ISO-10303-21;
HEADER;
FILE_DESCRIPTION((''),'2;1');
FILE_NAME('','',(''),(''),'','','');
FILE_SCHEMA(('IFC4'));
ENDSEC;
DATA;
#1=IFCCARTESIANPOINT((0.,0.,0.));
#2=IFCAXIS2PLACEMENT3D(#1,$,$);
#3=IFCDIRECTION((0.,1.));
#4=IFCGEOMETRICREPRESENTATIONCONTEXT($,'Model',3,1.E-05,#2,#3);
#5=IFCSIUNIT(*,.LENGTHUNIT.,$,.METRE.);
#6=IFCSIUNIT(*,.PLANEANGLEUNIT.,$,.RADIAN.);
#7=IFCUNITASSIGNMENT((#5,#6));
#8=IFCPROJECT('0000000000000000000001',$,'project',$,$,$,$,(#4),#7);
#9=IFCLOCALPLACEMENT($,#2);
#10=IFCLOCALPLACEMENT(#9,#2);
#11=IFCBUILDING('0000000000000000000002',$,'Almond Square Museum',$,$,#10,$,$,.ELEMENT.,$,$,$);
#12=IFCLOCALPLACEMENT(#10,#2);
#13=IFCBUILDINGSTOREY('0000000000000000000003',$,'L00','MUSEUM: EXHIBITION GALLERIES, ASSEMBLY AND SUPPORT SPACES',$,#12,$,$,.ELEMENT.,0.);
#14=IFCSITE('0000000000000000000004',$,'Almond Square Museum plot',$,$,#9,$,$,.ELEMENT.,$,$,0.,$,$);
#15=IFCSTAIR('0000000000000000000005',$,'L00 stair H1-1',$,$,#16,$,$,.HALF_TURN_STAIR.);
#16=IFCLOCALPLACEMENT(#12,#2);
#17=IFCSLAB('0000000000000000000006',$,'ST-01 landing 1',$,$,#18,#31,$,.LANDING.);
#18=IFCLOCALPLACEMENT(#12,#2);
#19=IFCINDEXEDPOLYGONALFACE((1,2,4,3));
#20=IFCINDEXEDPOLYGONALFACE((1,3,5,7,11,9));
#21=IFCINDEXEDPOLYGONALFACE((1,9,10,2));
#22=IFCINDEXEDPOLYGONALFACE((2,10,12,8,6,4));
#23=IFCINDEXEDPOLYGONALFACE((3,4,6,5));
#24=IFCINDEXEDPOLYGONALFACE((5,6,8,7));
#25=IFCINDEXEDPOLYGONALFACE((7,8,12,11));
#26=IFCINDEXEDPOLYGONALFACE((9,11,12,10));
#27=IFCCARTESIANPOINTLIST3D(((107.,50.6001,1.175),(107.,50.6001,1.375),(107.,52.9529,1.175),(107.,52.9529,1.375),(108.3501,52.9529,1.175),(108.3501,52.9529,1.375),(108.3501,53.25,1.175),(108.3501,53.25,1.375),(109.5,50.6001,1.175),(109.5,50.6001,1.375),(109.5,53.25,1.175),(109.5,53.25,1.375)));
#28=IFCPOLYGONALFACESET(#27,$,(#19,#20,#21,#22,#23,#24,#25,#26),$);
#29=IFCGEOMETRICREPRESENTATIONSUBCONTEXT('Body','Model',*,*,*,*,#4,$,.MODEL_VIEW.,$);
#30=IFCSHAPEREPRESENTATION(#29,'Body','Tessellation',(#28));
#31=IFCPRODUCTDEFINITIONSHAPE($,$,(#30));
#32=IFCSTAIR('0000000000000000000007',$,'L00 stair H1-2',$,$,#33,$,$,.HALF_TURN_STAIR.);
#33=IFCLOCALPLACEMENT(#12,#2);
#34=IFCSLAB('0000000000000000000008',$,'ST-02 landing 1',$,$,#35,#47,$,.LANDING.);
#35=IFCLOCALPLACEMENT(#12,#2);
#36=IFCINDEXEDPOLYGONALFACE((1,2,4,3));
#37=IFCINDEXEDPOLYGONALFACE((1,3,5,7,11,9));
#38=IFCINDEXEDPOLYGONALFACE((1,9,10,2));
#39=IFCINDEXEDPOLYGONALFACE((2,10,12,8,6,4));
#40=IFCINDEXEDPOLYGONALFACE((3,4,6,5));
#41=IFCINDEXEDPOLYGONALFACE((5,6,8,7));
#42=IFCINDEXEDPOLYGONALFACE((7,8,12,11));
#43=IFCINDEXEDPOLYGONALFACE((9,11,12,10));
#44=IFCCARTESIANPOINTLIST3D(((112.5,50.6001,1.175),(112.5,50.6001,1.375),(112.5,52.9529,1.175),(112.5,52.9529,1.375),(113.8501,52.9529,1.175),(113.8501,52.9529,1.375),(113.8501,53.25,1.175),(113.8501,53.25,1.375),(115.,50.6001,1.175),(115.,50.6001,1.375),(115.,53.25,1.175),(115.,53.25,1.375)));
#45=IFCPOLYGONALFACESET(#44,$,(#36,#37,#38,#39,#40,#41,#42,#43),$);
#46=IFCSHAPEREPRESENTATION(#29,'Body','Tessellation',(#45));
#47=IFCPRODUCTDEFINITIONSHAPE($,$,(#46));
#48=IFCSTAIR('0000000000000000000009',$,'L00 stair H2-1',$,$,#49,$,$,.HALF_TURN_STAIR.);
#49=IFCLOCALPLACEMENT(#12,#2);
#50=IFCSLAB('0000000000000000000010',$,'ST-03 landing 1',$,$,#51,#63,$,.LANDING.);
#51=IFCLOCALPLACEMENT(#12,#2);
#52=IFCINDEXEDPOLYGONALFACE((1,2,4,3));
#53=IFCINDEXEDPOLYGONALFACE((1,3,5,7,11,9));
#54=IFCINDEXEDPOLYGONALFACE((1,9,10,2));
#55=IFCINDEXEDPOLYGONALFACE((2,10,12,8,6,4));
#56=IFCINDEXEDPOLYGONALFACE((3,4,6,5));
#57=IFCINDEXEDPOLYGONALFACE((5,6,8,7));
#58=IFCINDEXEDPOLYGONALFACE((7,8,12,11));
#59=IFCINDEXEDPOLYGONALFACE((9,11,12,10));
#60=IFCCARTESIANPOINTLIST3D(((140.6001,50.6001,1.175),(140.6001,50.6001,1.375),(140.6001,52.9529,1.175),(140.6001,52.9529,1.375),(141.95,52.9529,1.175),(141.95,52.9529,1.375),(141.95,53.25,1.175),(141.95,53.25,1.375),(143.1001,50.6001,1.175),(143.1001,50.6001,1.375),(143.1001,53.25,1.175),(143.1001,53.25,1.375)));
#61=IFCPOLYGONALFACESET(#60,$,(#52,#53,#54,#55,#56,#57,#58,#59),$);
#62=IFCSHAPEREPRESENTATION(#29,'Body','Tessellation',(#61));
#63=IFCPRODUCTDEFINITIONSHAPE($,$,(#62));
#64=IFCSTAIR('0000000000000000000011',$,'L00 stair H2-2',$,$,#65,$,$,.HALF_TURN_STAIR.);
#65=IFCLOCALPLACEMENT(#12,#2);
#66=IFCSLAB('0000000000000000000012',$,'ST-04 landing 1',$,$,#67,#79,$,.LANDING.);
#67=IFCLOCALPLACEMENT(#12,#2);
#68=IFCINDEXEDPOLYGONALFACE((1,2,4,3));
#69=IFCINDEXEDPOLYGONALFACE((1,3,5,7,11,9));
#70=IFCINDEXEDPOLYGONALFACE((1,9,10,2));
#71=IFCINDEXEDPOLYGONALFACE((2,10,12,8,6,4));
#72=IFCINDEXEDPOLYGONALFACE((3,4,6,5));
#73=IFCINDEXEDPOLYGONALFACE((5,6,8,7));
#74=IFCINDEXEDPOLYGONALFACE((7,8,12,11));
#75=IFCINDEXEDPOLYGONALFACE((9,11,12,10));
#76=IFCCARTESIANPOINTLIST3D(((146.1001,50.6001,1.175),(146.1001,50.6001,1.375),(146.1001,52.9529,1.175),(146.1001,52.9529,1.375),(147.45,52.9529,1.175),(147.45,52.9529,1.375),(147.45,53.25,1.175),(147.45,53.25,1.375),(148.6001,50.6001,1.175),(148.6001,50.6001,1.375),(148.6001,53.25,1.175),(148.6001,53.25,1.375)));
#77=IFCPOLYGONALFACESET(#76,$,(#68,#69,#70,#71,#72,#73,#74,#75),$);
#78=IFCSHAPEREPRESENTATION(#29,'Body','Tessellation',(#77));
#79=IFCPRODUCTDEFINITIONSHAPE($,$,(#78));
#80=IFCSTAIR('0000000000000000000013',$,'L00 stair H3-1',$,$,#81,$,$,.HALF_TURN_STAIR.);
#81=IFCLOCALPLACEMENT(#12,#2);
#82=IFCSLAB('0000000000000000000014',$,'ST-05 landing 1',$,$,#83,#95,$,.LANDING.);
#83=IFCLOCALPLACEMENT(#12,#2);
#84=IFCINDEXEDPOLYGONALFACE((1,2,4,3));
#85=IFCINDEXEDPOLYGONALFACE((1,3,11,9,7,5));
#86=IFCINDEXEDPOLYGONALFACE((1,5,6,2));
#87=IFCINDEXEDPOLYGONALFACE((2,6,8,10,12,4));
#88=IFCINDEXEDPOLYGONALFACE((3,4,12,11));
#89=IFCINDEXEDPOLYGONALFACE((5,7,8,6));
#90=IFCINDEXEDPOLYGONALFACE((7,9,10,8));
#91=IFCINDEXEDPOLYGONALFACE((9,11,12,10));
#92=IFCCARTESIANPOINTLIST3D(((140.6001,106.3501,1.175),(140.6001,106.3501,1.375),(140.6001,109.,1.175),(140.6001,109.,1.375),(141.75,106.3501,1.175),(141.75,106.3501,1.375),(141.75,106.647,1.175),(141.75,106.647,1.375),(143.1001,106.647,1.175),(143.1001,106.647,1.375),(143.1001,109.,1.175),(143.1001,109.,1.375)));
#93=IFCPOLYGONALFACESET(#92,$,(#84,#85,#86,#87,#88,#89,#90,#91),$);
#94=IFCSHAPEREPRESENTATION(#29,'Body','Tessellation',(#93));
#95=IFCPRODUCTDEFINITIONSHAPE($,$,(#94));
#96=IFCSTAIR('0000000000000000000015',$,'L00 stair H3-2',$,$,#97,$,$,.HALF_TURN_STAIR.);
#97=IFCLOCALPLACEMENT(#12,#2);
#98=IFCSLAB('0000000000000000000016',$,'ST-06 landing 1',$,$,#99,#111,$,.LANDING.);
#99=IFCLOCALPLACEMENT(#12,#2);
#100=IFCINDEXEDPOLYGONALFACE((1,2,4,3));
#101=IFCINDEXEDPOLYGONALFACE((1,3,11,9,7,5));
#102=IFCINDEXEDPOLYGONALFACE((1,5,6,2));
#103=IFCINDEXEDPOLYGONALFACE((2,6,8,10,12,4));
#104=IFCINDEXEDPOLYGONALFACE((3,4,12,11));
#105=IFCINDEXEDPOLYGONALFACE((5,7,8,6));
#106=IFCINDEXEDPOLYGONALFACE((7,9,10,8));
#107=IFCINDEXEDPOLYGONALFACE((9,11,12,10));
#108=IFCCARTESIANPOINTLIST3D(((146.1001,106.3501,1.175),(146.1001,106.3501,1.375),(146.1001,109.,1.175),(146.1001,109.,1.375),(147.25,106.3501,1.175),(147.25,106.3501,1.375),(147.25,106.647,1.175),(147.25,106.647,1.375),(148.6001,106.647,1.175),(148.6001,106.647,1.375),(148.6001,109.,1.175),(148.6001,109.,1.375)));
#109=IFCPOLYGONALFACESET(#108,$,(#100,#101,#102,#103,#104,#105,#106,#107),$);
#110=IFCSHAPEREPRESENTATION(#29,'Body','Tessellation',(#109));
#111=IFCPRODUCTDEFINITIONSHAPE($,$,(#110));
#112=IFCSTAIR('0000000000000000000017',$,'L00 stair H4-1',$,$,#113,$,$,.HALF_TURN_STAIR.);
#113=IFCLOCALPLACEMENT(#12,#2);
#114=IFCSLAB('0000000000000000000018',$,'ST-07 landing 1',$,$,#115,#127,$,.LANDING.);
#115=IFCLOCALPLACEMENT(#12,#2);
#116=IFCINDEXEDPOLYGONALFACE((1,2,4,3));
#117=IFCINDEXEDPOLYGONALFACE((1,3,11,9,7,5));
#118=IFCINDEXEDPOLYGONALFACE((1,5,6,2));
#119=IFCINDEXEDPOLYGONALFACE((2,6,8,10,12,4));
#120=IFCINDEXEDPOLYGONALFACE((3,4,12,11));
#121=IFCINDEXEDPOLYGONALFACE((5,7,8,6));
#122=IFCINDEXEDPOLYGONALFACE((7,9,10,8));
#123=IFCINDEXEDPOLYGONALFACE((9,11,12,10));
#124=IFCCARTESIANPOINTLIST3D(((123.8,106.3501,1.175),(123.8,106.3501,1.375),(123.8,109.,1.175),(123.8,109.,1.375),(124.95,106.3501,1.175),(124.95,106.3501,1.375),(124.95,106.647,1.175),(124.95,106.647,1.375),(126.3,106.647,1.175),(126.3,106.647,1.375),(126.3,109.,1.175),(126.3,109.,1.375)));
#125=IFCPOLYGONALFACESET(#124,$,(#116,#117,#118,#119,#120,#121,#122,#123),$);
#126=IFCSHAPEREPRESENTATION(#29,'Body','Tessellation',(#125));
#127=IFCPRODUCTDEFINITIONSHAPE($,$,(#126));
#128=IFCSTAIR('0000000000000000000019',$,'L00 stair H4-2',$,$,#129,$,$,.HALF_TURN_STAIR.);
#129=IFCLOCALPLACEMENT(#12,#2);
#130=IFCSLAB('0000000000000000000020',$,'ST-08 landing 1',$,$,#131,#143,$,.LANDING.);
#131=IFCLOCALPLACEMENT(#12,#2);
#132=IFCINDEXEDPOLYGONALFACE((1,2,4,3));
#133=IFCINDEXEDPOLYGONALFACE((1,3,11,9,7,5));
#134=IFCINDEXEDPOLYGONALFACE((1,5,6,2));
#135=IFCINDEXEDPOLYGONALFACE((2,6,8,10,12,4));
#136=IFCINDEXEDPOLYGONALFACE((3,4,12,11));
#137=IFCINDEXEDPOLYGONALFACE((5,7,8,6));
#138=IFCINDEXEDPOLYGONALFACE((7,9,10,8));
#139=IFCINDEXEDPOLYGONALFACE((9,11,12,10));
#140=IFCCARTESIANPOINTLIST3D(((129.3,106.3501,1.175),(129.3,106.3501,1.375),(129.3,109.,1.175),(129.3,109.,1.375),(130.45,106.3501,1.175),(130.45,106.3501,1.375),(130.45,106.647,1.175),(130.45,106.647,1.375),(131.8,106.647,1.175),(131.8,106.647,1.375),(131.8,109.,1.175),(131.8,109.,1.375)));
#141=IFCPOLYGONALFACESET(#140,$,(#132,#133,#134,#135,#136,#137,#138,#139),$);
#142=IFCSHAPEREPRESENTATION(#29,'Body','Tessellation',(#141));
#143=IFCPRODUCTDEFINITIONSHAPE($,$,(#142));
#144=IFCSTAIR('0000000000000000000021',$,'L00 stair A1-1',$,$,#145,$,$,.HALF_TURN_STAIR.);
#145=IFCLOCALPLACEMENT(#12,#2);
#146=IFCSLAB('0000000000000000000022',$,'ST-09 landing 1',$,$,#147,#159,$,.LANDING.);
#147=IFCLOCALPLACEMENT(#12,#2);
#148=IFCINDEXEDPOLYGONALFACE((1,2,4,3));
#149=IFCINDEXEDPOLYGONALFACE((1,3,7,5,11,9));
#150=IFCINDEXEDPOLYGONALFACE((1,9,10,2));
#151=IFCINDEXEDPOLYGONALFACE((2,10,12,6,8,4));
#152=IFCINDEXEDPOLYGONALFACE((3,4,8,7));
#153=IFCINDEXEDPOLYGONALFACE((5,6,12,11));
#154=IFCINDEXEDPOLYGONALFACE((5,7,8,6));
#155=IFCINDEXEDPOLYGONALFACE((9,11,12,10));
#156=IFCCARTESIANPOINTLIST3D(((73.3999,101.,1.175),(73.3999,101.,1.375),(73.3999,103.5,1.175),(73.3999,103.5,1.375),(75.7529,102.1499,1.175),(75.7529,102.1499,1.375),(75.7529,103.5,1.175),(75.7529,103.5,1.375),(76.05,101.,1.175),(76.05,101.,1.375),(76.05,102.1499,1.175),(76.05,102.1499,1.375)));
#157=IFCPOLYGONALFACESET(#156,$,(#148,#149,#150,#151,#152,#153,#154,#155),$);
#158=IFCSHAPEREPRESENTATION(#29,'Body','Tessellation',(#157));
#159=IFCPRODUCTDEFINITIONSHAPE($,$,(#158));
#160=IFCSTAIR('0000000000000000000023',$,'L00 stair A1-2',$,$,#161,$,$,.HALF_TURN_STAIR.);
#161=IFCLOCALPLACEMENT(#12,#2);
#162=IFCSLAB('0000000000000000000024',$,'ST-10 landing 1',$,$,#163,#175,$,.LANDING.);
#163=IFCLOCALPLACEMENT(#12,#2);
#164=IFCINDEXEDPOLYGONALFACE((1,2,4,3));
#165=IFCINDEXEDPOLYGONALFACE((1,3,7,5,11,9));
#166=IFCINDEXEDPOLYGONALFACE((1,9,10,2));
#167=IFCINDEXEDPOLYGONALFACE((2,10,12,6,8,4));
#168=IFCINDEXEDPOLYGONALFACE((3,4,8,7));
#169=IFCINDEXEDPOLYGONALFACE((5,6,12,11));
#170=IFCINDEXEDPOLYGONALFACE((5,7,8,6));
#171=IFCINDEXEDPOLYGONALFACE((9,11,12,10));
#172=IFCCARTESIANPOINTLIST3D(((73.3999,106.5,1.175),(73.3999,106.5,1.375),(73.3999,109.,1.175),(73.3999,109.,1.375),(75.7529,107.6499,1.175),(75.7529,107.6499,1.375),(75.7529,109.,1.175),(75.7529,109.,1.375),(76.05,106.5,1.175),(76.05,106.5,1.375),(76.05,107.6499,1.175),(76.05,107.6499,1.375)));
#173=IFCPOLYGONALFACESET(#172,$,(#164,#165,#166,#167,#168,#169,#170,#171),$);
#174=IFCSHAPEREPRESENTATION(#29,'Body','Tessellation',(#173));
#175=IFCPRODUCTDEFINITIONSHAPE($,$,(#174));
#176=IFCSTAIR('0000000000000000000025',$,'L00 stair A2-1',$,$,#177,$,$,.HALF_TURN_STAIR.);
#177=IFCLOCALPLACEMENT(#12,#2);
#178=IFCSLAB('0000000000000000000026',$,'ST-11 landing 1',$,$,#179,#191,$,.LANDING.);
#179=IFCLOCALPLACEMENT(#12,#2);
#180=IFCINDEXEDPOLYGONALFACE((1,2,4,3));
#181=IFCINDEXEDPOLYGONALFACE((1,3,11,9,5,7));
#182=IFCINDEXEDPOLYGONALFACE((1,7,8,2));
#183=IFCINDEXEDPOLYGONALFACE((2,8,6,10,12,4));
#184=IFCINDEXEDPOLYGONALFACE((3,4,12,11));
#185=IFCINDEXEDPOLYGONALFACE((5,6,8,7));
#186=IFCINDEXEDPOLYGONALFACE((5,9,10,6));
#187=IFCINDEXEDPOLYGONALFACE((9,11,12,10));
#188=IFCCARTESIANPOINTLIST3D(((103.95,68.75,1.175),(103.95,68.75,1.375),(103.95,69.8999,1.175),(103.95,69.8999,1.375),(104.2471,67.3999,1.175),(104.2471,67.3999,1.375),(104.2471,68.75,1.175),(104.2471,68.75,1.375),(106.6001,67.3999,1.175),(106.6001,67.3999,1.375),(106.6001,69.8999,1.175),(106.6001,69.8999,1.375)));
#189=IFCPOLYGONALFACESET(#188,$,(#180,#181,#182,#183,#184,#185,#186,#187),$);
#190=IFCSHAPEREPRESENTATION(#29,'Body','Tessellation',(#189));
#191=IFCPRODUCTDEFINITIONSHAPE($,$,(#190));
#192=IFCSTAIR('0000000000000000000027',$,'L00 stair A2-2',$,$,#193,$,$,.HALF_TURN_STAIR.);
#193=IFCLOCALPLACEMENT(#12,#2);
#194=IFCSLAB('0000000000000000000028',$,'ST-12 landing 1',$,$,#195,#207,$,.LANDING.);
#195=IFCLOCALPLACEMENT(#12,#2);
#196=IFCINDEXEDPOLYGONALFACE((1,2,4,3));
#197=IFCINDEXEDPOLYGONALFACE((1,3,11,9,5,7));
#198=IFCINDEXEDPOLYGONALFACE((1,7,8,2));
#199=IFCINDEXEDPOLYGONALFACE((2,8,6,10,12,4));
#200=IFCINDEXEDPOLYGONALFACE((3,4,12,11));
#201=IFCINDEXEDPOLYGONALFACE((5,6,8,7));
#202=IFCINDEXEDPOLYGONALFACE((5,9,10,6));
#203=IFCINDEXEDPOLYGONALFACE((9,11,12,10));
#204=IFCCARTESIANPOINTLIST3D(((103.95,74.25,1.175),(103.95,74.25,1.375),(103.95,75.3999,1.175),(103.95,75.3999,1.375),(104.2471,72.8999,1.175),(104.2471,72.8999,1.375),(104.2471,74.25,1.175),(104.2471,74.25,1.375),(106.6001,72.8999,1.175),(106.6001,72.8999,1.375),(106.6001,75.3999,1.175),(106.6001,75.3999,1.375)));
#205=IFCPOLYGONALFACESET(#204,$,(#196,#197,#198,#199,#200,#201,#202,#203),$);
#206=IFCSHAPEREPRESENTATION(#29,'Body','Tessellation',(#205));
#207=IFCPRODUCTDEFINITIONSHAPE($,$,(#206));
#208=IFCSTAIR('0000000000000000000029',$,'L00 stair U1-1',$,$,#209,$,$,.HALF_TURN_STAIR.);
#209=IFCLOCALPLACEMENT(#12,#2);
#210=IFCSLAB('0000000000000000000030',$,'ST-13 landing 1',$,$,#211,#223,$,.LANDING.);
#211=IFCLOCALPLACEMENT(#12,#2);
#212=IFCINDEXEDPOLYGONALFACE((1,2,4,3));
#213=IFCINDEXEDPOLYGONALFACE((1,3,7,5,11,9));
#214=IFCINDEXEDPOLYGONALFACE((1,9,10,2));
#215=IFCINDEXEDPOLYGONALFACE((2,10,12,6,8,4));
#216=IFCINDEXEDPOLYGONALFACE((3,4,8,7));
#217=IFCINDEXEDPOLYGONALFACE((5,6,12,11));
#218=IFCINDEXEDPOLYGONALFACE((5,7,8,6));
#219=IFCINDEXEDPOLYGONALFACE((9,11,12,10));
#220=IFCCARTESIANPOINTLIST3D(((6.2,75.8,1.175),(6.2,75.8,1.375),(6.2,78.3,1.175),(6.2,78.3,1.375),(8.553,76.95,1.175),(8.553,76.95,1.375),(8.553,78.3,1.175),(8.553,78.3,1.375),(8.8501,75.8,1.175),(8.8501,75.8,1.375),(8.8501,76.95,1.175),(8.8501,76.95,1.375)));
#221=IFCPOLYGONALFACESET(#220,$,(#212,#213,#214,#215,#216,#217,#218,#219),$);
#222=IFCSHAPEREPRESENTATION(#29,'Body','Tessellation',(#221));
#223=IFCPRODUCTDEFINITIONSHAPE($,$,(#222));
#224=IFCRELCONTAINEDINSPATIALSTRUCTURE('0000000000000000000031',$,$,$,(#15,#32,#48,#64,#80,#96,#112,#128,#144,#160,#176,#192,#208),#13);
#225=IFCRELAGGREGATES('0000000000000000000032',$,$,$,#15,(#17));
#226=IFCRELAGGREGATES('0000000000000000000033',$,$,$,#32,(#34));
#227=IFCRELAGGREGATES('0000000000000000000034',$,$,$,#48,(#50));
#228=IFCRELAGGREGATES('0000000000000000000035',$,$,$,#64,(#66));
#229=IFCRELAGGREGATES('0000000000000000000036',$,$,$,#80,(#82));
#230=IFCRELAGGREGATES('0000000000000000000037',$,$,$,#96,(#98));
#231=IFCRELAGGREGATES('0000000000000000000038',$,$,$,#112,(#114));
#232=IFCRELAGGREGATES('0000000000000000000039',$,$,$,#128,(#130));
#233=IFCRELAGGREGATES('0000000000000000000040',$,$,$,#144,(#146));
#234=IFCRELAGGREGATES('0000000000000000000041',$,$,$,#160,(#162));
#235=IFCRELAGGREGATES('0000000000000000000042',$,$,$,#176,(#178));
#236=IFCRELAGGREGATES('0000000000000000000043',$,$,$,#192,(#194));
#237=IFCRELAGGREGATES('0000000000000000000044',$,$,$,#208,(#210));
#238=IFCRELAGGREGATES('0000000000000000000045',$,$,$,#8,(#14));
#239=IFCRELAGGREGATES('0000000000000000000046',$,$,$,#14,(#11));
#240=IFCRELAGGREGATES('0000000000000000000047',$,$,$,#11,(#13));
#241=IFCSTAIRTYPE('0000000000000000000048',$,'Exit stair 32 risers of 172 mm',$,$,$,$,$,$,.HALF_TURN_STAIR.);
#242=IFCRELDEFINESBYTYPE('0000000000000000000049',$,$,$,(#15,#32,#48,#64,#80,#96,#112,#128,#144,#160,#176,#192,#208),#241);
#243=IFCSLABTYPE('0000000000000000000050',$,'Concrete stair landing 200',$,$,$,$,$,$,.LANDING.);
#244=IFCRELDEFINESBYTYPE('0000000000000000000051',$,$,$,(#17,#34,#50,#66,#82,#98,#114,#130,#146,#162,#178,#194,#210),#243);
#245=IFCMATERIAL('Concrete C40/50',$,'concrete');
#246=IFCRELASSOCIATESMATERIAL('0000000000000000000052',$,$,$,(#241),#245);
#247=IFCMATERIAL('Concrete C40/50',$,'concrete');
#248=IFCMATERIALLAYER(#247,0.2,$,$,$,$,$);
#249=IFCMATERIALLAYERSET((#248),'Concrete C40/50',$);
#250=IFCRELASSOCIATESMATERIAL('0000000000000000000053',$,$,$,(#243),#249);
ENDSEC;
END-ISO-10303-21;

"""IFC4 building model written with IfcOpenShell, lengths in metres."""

from ifc_helpers import new_model, si_unit, direction, frame, origin, place, context, subcontext, project, spatial, polyline, outline, extrude, material, layer, layer_set, type_object, element, aggregate, save


model = new_model("IFC4")

# Units and contexts
model_context = context("Model", 3, precision=1e-05, world=origin(), true_north=direction((0.0, 1.0)))
body_context = subcontext(model_context, "Body", "Model", "MODEL_VIEW")
ifc_project = project(units=[si_unit("LENGTHUNIT", "METRE"), si_unit("PLANEANGLEUNIT", "RADIAN")], contexts=[model_context])

# Site, building, storey
site_placement = place(None, origin())
site = spatial("IfcSite", under=ifc_project, at=site_placement, Name="Almond Square Museum plot", CompositionType="ELEMENT", RefElevation=0.0)
building_placement = place(site_placement, origin())
building = spatial("IfcBuilding", under=site, at=building_placement, Name="Almond Square Museum", CompositionType="ELEMENT")
storey_placement = place(building_placement, origin())
storey = spatial("IfcBuildingStorey", under=building, at=storey_placement, Name="L00", Description="MUSEUM: EXHIBITION GALLERIES, ASSEMBLY AND SUPPORT SPACES", CompositionType="ELEMENT", Elevation=0.0)

# Stairs, slabs
ifc_material_1 = material(Name="Concrete C40/50", Category="concrete")
stair_type = type_object("IfcStairType", Name="Exit stair 32 risers of 172 mm", PredefinedType="HALF_TURN_STAIR", material=ifc_material_1)
stair_1_placement = place(storey_placement, origin())
stair_1 = element("IfcStair", 1, at=stair_1_placement, inside=storey, type_object=stair_type, Name="L00 stair H1-1", PredefinedType="HALF_TURN_STAIR")
ifc_material_2 = material(Name="Concrete C40/50", Category="concrete")
ifc_layer = layer(ifc_material_2, 0.2)
ifc_layer_set = layer_set([ifc_layer], Name="Concrete C40/50")
slab_type = type_object("IfcSlabType", Name="Concrete stair landing 200", PredefinedType="LANDING", material=ifc_layer_set)
slab_1_placement = place(storey_placement, frame((0.0, 0.0, 1.175)))
slab_1 = element("IfcSlab", 2, at=slab_1_placement, type_object=slab_type, Name="ST-01 landing 1", PredefinedType="LANDING", context=body_context, shape_type="SweptSolid", body=[
    extrude(outline(polyline([(107.0, 52.9529), (107.0, 50.6001), (109.5, 50.6001), (109.5, 53.25), (108.3501, 53.25), (108.3501, 52.9529), (107.0, 52.9529)])), origin(), (0.0, 0.0, 1.0), 0.2),
])
aggregate(stair_1, [slab_1])
stair_2_placement = place(storey_placement, origin())
stair_2 = element("IfcStair", 3, at=stair_2_placement, inside=storey, type_object=stair_type, Name="L00 stair H1-2", PredefinedType="HALF_TURN_STAIR")
slab_2_placement = place(storey_placement, frame((0.0, 0.0, 1.175)))
slab_2 = element("IfcSlab", 4, at=slab_2_placement, type_object=slab_type, Name="ST-02 landing 1", PredefinedType="LANDING", context=body_context, shape_type="SweptSolid", body=[
    extrude(outline(polyline([(112.5, 52.9529), (112.5, 50.6001), (115.0, 50.6001), (115.0, 53.25), (113.8501, 53.25), (113.8501, 52.9529), (112.5, 52.9529)])), origin(), (0.0, 0.0, 1.0), 0.2),
])
aggregate(stair_2, [slab_2])
stair_3_placement = place(storey_placement, origin())
stair_3 = element("IfcStair", 5, at=stair_3_placement, inside=storey, type_object=stair_type, Name="L00 stair H2-1", PredefinedType="HALF_TURN_STAIR")
slab_3_placement = place(storey_placement, frame((0.0, 0.0, 1.175)))
slab_3 = element("IfcSlab", 6, at=slab_3_placement, type_object=slab_type, Name="ST-03 landing 1", PredefinedType="LANDING", context=body_context, shape_type="SweptSolid", body=[
    extrude(outline(polyline([(140.6001, 52.9529), (140.6001, 50.6001), (143.1001, 50.6001), (143.1001, 53.25), (141.95, 53.25), (141.95, 52.9529), (140.6001, 52.9529)])), origin(), (0.0, 0.0, 1.0), 0.2),
])
aggregate(stair_3, [slab_3])
stair_4_placement = place(storey_placement, origin())
stair_4 = element("IfcStair", 7, at=stair_4_placement, inside=storey, type_object=stair_type, Name="L00 stair H2-2", PredefinedType="HALF_TURN_STAIR")
slab_4_placement = place(storey_placement, frame((0.0, 0.0, 1.175)))
slab_4 = element("IfcSlab", 8, at=slab_4_placement, type_object=slab_type, Name="ST-04 landing 1", PredefinedType="LANDING", context=body_context, shape_type="SweptSolid", body=[
    extrude(outline(polyline([(146.1001, 52.9529), (146.1001, 50.6001), (148.6001, 50.6001), (148.6001, 53.25), (147.45, 53.25), (147.45, 52.9529), (146.1001, 52.9529)])), origin(), (0.0, 0.0, 1.0), 0.2),
])
aggregate(stair_4, [slab_4])
stair_5_placement = place(storey_placement, origin())
stair_5 = element("IfcStair", 9, at=stair_5_placement, inside=storey, type_object=stair_type, Name="L00 stair H3-1", PredefinedType="HALF_TURN_STAIR")
slab_5_placement = place(storey_placement, frame((0.0, 0.0, 1.175)))
slab_5 = element("IfcSlab", 10, at=slab_5_placement, type_object=slab_type, Name="ST-05 landing 1", PredefinedType="LANDING", context=body_context, shape_type="SweptSolid", body=[
    extrude(outline(polyline([(143.1001, 106.647), (143.1001, 109.0), (140.6001, 109.0), (140.6001, 106.3501), (141.75, 106.3501), (141.75, 106.647), (143.1001, 106.647)])), origin(), (0.0, 0.0, 1.0), 0.2),
])
aggregate(stair_5, [slab_5])
stair_6_placement = place(storey_placement, origin())
stair_6 = element("IfcStair", 11, at=stair_6_placement, inside=storey, type_object=stair_type, Name="L00 stair H3-2", PredefinedType="HALF_TURN_STAIR")
slab_6_placement = place(storey_placement, frame((0.0, 0.0, 1.175)))
slab_6 = element("IfcSlab", 12, at=slab_6_placement, type_object=slab_type, Name="ST-06 landing 1", PredefinedType="LANDING", context=body_context, shape_type="SweptSolid", body=[
    extrude(outline(polyline([(148.6001, 106.647), (148.6001, 109.0), (146.1001, 109.0), (146.1001, 106.3501), (147.25, 106.3501), (147.25, 106.647), (148.6001, 106.647)])), origin(), (0.0, 0.0, 1.0), 0.2),
])
aggregate(stair_6, [slab_6])
stair_7_placement = place(storey_placement, origin())
stair_7 = element("IfcStair", 13, at=stair_7_placement, inside=storey, type_object=stair_type, Name="L00 stair H4-1", PredefinedType="HALF_TURN_STAIR")
slab_7_placement = place(storey_placement, frame((0.0, 0.0, 1.175)))
slab_7 = element("IfcSlab", 14, at=slab_7_placement, type_object=slab_type, Name="ST-07 landing 1", PredefinedType="LANDING", context=body_context, shape_type="SweptSolid", body=[
    extrude(outline(polyline([(126.3, 106.647), (126.3, 109.0), (123.8, 109.0), (123.8, 106.3501), (124.95, 106.3501), (124.95, 106.647), (126.3, 106.647)])), origin(), (0.0, 0.0, 1.0), 0.2),
])
aggregate(stair_7, [slab_7])
stair_8_placement = place(storey_placement, origin())
stair_8 = element("IfcStair", 15, at=stair_8_placement, inside=storey, type_object=stair_type, Name="L00 stair H4-2", PredefinedType="HALF_TURN_STAIR")
slab_8_placement = place(storey_placement, frame((0.0, 0.0, 1.175)))
slab_8 = element("IfcSlab", 16, at=slab_8_placement, type_object=slab_type, Name="ST-08 landing 1", PredefinedType="LANDING", context=body_context, shape_type="SweptSolid", body=[
    extrude(outline(polyline([(131.8, 106.647), (131.8, 109.0), (129.3, 109.0), (129.3, 106.3501), (130.45, 106.3501), (130.45, 106.647), (131.8, 106.647)])), origin(), (0.0, 0.0, 1.0), 0.2),
])
aggregate(stair_8, [slab_8])
stair_9_placement = place(storey_placement, origin())
stair_9 = element("IfcStair", 17, at=stair_9_placement, inside=storey, type_object=stair_type, Name="L00 stair A1-1", PredefinedType="HALF_TURN_STAIR")
slab_9_placement = place(storey_placement, frame((0.0, 0.0, 1.175)))
slab_9 = element("IfcSlab", 18, at=slab_9_placement, type_object=slab_type, Name="ST-09 landing 1", PredefinedType="LANDING", context=body_context, shape_type="SweptSolid", body=[
    extrude(outline(polyline([(75.7529, 103.5), (73.3999, 103.5), (73.3999, 101.0), (76.05, 101.0), (76.05, 102.1499), (75.7529, 102.1499), (75.7529, 103.5)])), origin(), (0.0, 0.0, 1.0), 0.2),
])
aggregate(stair_9, [slab_9])
stair_10_placement = place(storey_placement, origin())
stair_10 = element("IfcStair", 19, at=stair_10_placement, inside=storey, type_object=stair_type, Name="L00 stair A1-2", PredefinedType="HALF_TURN_STAIR")
slab_10_placement = place(storey_placement, frame((0.0, 0.0, 1.175)))
slab_10 = element("IfcSlab", 20, at=slab_10_placement, type_object=slab_type, Name="ST-10 landing 1", PredefinedType="LANDING", context=body_context, shape_type="SweptSolid", body=[
    extrude(outline(polyline([(75.7529, 109.0), (73.3999, 109.0), (73.3999, 106.5), (76.05, 106.5), (76.05, 107.6499), (75.7529, 107.6499), (75.7529, 109.0)])), origin(), (0.0, 0.0, 1.0), 0.2),
])
aggregate(stair_10, [slab_10])
stair_11_placement = place(storey_placement, origin())
stair_11 = element("IfcStair", 21, at=stair_11_placement, inside=storey, type_object=stair_type, Name="L00 stair A2-1", PredefinedType="HALF_TURN_STAIR")
slab_11_placement = place(storey_placement, frame((0.0, 0.0, 1.175)))
slab_11 = element("IfcSlab", 22, at=slab_11_placement, type_object=slab_type, Name="ST-11 landing 1", PredefinedType="LANDING", context=body_context, shape_type="SweptSolid", body=[
    extrude(outline(polyline([(104.2471, 67.3999), (106.6001, 67.3999), (106.6001, 69.8999), (103.95, 69.8999), (103.95, 68.75), (104.2471, 68.75), (104.2471, 67.3999)])), origin(), (0.0, 0.0, 1.0), 0.2),
])
aggregate(stair_11, [slab_11])
stair_12_placement = place(storey_placement, origin())
stair_12 = element("IfcStair", 23, at=stair_12_placement, inside=storey, type_object=stair_type, Name="L00 stair A2-2", PredefinedType="HALF_TURN_STAIR")
slab_12_placement = place(storey_placement, frame((0.0, 0.0, 1.175)))
slab_12 = element("IfcSlab", 24, at=slab_12_placement, type_object=slab_type, Name="ST-12 landing 1", PredefinedType="LANDING", context=body_context, shape_type="SweptSolid", body=[
    extrude(outline(polyline([(104.2471, 72.8999), (106.6001, 72.8999), (106.6001, 75.3999), (103.95, 75.3999), (103.95, 74.25), (104.2471, 74.25), (104.2471, 72.8999)])), origin(), (0.0, 0.0, 1.0), 0.2),
])
aggregate(stair_12, [slab_12])
stair_13_placement = place(storey_placement, origin())
stair_13 = element("IfcStair", 25, at=stair_13_placement, inside=storey, type_object=stair_type, Name="L00 stair U1-1", PredefinedType="HALF_TURN_STAIR")
slab_13_placement = place(storey_placement, frame((0.0, 0.0, 1.175)))
slab_13 = element("IfcSlab", 26, at=slab_13_placement, type_object=slab_type, Name="ST-13 landing 1", PredefinedType="LANDING", context=body_context, shape_type="SweptSolid", body=[
    extrude(outline(polyline([(8.553, 78.3), (6.2, 78.3), (6.2, 75.8), (8.8501, 75.8), (8.8501, 76.95), (8.553, 76.95), (8.553, 78.3)])), origin(), (0.0, 0.0, 1.0), 0.2),
])
aggregate(stair_13, [slab_13])

save(model, "model.ifc")
